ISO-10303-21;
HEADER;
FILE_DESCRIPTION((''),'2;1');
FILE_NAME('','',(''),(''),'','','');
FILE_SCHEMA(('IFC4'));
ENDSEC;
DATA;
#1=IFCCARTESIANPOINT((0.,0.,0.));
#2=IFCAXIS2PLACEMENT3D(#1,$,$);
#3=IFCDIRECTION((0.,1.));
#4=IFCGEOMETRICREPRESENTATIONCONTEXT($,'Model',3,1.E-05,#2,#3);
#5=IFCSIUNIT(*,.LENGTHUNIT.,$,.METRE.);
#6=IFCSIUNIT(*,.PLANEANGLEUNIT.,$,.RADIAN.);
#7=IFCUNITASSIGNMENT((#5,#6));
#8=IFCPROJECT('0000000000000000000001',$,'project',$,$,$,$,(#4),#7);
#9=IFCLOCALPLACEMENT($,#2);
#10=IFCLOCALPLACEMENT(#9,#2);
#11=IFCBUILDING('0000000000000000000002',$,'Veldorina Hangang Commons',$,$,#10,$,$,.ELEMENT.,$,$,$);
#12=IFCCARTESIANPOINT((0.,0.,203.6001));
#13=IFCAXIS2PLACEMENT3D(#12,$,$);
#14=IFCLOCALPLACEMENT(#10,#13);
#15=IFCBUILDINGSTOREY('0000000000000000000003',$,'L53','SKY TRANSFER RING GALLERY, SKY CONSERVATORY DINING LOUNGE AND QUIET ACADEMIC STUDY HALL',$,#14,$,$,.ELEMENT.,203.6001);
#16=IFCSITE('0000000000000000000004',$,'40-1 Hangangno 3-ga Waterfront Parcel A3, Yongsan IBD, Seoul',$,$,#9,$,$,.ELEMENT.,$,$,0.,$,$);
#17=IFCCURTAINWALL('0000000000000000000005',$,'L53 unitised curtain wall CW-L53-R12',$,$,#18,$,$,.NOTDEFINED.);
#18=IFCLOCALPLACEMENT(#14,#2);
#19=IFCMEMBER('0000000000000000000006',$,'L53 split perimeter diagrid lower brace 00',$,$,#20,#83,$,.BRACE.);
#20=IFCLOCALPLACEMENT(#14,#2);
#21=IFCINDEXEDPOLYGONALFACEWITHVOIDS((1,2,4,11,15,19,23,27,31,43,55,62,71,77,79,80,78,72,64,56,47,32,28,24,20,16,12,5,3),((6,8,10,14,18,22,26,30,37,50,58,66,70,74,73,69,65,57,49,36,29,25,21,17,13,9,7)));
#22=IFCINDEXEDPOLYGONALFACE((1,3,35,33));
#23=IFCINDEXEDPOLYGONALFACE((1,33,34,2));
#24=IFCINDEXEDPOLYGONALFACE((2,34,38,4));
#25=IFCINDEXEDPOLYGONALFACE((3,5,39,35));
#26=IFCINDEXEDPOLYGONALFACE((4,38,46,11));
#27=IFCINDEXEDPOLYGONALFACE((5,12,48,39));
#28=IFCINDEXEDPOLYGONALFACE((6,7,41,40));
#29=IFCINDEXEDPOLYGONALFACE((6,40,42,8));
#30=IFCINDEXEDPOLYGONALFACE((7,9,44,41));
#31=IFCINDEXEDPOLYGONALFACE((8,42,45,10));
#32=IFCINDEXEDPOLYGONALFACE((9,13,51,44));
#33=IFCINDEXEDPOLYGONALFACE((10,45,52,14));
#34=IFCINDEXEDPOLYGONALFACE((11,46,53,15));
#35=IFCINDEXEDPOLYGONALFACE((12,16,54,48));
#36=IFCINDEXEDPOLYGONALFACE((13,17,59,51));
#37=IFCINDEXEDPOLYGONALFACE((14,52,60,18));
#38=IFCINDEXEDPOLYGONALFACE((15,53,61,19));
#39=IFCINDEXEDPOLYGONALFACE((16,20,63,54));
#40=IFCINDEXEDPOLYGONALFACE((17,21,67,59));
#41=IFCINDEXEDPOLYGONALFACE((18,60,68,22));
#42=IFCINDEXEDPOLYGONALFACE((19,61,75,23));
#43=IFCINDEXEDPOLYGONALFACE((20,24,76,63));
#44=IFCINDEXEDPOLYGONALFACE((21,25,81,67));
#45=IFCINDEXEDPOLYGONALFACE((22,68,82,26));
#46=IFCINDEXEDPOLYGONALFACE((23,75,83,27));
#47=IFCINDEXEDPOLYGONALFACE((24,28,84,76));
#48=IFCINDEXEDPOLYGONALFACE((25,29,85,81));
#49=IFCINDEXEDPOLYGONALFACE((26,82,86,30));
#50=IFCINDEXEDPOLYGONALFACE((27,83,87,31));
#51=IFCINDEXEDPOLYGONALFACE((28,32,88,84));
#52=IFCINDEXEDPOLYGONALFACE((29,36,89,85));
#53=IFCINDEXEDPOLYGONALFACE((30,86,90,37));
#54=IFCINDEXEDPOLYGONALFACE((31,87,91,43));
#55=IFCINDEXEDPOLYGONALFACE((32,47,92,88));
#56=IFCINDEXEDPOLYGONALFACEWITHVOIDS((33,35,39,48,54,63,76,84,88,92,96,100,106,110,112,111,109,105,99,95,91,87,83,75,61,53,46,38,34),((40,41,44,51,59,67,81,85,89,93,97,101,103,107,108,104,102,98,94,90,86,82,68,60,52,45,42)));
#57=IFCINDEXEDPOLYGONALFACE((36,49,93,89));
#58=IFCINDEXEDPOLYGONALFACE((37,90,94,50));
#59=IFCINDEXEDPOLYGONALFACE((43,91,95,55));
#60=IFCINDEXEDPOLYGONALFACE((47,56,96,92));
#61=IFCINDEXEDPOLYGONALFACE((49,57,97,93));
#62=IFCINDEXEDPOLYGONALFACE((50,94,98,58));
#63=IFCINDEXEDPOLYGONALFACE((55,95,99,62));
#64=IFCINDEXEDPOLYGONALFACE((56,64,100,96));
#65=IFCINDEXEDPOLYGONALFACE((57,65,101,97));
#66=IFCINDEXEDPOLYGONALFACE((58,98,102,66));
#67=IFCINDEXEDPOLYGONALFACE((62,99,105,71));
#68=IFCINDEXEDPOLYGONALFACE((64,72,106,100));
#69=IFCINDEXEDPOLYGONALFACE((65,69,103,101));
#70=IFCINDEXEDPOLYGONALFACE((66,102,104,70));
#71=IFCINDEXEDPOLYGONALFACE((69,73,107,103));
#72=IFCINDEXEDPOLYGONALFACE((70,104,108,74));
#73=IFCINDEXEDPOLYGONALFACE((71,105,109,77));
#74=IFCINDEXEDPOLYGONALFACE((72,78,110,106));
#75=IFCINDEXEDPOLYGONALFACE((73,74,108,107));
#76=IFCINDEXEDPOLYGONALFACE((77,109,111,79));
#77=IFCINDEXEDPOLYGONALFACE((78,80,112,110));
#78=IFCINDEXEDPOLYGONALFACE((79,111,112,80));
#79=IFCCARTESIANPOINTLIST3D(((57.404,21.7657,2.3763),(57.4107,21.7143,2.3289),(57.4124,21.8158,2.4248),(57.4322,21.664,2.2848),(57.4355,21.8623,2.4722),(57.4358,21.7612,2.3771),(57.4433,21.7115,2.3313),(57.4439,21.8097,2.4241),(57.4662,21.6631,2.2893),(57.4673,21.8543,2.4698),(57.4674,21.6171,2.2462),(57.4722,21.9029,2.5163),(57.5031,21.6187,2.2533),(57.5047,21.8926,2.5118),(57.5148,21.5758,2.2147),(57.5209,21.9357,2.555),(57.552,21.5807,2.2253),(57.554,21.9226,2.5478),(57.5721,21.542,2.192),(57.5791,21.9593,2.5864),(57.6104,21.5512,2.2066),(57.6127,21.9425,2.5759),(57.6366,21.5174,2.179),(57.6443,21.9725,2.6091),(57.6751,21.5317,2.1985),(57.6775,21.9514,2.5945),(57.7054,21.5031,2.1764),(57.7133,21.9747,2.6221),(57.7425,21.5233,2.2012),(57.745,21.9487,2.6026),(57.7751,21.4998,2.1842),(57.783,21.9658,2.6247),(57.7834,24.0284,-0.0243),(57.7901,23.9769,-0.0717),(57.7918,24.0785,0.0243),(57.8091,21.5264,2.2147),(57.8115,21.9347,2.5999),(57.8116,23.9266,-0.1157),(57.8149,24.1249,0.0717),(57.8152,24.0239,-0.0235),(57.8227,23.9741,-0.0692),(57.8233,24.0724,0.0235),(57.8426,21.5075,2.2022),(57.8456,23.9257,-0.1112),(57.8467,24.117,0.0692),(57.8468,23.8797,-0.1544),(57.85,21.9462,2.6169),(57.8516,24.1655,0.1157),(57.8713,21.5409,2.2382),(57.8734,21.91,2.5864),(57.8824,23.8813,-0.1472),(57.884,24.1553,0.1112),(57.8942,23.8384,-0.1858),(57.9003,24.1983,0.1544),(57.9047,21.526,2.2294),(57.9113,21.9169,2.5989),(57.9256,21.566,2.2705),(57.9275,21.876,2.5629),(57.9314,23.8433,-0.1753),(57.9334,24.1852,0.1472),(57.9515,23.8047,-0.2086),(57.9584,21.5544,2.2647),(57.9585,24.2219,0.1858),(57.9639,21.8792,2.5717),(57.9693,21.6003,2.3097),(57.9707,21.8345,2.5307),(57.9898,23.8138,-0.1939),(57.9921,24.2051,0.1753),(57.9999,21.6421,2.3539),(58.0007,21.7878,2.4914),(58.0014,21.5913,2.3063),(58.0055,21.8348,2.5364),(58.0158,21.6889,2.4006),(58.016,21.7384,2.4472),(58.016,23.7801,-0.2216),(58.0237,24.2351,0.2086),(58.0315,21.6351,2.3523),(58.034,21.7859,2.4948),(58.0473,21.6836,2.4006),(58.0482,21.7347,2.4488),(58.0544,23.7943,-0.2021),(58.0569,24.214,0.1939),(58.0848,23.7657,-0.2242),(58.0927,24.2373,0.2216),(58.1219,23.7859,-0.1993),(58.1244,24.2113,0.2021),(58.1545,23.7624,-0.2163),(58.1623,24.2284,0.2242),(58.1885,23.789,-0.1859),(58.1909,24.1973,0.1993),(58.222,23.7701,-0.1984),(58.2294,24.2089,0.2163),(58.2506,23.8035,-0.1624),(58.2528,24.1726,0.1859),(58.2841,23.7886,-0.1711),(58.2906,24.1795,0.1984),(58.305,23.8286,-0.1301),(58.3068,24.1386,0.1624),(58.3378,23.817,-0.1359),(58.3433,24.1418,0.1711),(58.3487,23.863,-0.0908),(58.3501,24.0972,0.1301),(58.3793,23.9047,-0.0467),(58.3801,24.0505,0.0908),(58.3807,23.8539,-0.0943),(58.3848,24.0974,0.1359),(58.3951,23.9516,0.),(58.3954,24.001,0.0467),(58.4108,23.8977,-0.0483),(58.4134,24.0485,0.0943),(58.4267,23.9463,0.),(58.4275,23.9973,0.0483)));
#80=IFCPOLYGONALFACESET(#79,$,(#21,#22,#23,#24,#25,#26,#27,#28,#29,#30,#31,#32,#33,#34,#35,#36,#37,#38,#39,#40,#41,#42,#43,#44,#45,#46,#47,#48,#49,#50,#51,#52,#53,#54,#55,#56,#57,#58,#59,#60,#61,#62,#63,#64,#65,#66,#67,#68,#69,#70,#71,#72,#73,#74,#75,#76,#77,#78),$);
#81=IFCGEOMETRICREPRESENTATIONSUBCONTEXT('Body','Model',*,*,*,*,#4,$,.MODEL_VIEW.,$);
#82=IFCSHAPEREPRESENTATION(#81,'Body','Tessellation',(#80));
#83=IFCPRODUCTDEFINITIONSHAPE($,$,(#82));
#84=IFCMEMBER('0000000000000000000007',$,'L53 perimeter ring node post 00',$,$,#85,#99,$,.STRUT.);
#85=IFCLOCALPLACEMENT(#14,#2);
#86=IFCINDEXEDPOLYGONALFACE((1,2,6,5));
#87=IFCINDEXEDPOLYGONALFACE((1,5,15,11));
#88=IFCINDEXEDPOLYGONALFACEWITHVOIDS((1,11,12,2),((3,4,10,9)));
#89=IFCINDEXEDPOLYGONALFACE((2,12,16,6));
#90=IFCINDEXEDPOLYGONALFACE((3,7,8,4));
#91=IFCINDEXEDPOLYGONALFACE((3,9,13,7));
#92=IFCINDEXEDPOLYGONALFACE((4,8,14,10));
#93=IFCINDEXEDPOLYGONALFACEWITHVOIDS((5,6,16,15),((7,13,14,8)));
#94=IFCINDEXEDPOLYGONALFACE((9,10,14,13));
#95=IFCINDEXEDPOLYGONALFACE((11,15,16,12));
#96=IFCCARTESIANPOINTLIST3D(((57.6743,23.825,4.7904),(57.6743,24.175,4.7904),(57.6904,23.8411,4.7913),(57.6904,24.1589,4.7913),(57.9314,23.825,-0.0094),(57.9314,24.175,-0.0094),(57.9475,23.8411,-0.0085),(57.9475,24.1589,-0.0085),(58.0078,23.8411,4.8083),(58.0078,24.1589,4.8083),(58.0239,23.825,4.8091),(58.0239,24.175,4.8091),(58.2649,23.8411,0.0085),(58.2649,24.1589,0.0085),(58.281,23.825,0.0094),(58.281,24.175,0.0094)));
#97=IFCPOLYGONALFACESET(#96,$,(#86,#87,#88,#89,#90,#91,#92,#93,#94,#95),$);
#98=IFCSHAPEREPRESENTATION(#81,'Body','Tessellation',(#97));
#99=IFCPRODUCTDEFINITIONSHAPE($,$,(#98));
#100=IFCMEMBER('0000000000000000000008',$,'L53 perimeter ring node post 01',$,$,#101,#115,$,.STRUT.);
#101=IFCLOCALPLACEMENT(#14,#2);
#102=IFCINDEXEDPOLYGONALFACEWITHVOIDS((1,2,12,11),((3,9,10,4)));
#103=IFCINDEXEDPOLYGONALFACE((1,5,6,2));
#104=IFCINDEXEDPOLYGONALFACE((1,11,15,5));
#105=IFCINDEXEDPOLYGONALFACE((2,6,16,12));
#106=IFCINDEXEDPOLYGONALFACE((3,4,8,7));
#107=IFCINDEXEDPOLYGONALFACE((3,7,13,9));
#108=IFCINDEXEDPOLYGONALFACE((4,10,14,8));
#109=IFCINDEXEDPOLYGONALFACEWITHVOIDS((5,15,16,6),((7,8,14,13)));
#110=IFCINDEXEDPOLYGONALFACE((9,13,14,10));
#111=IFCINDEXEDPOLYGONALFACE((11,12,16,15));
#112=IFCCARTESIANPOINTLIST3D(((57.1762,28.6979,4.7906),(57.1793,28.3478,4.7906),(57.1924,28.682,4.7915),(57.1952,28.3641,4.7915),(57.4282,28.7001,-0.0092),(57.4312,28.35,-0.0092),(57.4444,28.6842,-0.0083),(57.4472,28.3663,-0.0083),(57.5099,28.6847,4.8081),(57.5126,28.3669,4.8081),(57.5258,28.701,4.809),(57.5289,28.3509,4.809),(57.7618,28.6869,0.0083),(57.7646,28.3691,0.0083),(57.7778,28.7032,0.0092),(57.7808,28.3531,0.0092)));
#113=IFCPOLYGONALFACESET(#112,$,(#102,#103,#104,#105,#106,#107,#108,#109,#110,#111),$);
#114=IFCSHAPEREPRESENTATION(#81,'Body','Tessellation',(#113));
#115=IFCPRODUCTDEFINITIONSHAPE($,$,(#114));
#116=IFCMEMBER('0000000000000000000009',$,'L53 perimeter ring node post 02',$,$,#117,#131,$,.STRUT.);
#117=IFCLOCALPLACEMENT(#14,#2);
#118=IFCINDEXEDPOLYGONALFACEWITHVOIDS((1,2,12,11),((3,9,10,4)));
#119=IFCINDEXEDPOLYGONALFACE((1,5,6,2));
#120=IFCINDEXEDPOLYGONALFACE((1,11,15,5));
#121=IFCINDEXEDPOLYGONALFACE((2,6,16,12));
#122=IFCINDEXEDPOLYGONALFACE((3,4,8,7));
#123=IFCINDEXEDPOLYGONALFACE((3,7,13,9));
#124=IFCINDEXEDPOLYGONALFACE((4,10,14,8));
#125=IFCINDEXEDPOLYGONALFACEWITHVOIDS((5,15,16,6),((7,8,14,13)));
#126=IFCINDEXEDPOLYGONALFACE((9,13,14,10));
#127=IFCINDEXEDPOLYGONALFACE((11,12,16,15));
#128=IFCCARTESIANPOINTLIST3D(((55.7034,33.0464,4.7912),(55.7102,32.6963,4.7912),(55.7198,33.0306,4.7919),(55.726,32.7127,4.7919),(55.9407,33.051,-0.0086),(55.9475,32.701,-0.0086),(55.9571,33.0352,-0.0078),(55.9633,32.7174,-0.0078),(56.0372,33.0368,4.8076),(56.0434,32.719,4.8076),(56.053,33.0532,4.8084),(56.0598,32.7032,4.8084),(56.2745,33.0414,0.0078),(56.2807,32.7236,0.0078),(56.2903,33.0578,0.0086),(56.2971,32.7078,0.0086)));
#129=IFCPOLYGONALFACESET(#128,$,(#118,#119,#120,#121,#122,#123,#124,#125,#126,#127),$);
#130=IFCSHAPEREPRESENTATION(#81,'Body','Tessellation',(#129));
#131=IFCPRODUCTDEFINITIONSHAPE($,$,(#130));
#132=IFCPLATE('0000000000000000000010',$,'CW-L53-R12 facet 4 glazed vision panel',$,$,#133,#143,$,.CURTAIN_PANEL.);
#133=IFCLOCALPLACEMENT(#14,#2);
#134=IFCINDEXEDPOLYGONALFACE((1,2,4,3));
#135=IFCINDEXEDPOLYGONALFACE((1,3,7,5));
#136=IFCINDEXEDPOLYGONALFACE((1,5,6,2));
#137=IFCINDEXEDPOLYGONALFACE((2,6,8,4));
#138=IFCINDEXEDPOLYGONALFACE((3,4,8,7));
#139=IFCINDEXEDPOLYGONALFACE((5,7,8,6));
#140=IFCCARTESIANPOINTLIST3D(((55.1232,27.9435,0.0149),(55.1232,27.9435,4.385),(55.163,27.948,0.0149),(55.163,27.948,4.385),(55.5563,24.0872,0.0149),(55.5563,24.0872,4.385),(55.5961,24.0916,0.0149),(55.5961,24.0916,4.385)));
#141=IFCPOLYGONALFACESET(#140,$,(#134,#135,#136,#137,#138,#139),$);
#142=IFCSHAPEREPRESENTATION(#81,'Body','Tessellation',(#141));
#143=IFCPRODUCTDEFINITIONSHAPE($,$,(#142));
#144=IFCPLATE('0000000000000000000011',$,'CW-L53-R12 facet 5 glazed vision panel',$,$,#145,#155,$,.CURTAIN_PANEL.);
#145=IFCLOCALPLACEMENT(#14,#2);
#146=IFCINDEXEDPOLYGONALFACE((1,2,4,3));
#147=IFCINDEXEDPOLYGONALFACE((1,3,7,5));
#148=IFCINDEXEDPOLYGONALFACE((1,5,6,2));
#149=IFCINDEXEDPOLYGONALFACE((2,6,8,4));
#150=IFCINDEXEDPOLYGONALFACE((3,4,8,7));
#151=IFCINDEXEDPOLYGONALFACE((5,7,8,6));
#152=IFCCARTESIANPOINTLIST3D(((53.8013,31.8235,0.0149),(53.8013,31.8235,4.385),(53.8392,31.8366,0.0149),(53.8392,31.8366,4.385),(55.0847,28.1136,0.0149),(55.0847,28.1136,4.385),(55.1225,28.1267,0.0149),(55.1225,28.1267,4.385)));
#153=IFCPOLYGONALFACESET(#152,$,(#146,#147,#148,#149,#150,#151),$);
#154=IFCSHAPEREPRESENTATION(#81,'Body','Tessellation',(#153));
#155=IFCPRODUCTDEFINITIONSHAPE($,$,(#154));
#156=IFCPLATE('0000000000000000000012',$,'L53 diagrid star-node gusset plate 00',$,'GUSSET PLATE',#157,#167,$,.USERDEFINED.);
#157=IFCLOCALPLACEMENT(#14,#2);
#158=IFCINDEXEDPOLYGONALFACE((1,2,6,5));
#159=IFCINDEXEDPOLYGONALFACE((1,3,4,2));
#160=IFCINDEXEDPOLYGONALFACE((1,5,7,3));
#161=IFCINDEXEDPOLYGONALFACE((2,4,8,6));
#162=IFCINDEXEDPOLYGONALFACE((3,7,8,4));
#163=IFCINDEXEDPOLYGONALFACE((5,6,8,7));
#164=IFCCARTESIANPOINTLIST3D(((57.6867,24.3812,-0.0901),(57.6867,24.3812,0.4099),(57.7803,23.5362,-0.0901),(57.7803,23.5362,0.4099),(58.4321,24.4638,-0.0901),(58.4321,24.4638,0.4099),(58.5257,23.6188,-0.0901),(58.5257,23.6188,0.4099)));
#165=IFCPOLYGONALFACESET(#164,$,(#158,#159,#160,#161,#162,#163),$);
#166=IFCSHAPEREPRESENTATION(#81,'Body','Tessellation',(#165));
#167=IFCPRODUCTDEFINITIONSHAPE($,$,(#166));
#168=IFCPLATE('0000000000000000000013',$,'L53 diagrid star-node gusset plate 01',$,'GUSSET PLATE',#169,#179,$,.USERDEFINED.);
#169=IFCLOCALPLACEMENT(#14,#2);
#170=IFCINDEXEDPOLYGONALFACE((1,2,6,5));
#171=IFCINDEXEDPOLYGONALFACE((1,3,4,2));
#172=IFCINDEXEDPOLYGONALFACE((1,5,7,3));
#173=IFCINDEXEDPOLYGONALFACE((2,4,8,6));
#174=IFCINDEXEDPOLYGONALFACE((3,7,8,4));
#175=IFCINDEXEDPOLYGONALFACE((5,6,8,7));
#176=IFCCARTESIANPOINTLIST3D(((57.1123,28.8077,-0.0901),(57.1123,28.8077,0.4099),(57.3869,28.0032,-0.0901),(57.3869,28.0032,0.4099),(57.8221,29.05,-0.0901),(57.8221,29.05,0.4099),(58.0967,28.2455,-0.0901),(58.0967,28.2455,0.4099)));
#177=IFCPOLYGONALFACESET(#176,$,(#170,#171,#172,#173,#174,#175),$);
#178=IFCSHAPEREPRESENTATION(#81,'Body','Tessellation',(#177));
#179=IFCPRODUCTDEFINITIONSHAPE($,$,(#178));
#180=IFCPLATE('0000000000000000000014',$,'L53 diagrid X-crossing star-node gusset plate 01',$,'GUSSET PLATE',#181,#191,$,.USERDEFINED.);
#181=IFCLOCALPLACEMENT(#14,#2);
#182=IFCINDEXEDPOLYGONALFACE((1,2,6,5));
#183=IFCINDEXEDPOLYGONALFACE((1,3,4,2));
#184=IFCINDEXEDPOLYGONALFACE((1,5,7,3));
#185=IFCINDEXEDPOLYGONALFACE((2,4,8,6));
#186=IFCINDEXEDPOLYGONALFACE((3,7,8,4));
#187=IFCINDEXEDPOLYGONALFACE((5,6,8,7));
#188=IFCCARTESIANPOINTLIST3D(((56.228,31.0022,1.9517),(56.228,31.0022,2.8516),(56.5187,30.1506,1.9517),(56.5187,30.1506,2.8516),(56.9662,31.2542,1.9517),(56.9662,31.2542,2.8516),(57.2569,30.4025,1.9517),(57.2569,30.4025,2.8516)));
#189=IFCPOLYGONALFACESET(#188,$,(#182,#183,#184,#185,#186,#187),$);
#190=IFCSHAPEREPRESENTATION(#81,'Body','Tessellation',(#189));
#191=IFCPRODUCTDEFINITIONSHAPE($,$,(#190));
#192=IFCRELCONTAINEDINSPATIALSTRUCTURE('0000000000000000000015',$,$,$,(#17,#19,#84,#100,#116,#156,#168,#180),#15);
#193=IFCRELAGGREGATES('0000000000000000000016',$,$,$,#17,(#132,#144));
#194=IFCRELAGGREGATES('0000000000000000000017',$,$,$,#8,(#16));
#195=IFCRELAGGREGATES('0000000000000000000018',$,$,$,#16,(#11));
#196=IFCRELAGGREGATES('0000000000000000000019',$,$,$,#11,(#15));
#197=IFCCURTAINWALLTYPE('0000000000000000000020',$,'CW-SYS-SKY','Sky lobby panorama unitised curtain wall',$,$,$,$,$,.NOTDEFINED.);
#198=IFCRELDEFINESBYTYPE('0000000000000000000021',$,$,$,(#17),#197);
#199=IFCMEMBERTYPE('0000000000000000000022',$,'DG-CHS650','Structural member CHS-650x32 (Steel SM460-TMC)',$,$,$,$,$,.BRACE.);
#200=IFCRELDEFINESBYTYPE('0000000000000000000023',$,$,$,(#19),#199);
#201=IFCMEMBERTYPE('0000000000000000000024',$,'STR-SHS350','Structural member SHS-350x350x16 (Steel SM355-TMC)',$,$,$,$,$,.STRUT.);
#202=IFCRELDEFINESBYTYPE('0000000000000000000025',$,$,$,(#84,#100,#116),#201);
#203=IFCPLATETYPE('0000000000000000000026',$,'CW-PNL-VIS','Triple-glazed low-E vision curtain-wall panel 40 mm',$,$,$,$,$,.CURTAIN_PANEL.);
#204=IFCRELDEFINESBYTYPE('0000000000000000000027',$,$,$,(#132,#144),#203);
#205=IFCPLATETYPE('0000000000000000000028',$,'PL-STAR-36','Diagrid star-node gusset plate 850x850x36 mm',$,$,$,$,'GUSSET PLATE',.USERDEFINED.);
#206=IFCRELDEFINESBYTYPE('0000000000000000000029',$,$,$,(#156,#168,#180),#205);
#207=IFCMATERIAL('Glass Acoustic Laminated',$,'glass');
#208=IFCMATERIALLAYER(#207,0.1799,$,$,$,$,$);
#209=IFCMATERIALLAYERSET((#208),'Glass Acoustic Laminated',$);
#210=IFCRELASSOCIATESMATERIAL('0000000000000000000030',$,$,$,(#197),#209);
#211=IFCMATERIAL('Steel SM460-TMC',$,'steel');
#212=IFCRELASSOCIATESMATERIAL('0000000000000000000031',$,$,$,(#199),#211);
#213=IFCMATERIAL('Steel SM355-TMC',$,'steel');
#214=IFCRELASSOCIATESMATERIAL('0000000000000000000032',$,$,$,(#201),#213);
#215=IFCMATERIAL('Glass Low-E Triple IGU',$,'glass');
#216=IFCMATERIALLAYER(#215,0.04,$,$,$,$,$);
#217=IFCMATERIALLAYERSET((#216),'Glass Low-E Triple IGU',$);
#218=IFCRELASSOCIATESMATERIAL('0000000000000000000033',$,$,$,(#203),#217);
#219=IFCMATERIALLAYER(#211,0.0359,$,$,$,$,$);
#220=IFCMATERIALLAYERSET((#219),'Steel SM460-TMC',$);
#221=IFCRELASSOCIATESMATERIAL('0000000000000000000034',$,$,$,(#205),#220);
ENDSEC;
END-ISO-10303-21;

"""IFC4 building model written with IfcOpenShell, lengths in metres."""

from ifc_helpers import new_model, si_unit, direction, frame, origin, origin_2d, place, context, subcontext, project, spatial, rectangle, hollow_rectangle, hollow_circle, extrude, material, layer, layer_set, material_profile, profile_set, type_object, element, aggregate, save


model = new_model("IFC4")

# Units and contexts
model_context = context("Model", 3, precision=1e-05, world=origin(), true_north=direction((0.0, 1.0)))
body_context = subcontext(model_context, "Body", "Model", "MODEL_VIEW")
ifc_project = project(units=[si_unit("LENGTHUNIT", "METRE"), si_unit("PLANEANGLEUNIT", "RADIAN")], contexts=[model_context])

# Site, building, storey
site_placement = place(None, origin())
site = spatial("IfcSite", under=ifc_project, at=site_placement, Name="40-1 Hangangno 3-ga Waterfront Parcel A3, Yongsan IBD, Seoul", CompositionType="ELEMENT", RefElevation=0.0)
building_placement = place(site_placement, origin())
building = spatial("IfcBuilding", under=site, at=building_placement, Name="Veldorina Hangang Commons", CompositionType="ELEMENT")
storey_placement = place(building_placement, frame((0.0, 0.0, 203.6001)))
storey = spatial("IfcBuildingStorey", under=building, at=storey_placement, Name="L53", Description="SKY TRANSFER RING GALLERY, SKY CONSERVATORY DINING LOUNGE AND QUIET ACADEMIC STUDY HALL", CompositionType="ELEMENT", Elevation=203.6001)

# Shared definitions
ifc_material_1 = material(Name="Steel SM355-TMC", Category="steel")

# Curtain wall
ifc_material_2 = material(Name="Glass Acoustic Laminated", Category="glass")
ifc_layer_1 = layer(ifc_material_2, 0.1799)
ifc_layer_set_1 = layer_set([ifc_layer_1], Name="Glass Acoustic Laminated")
curtain_wall_type = type_object("IfcCurtainWallType", Name="CW-SYS-SKY", Description="Sky lobby panorama unitised curtain wall", PredefinedType="NOTDEFINED", material=ifc_layer_set_1)
curtain_wall_placement = place(storey_placement, origin())
curtain_wall = element("IfcCurtainWall", 1, at=curtain_wall_placement, inside=storey, type_object=curtain_wall_type, Name="L53 unitised curtain wall CW-L53-R12", PredefinedType="NOTDEFINED")

# Members
ifc_material_3 = material(Name="Steel SM460-TMC", Category="steel")
ifc_material_profile_1 = material_profile(ifc_material_3, hollow_circle(Radius=0.325, WallThickness=0.032, at=origin_2d()), Name="CHS-650x32")
ifc_profile_set_1 = profile_set([ifc_material_profile_1], Name="Steel SM460-TMC")
member_type_1 = type_object("IfcMemberType", Name="DG-CHS650", Description="Structural member CHS-650x32 (Steel SM460-TMC)", PredefinedType="BRACE", material=ifc_profile_set_1)
member_1_placement = place(storey_placement, frame((58.1062, 24.0, 0.0), z_axis=(-0.114253, -0.681399, 0.722939), x_axis=(0.986232, -0.165365, 0.0)))
element("IfcMember", 2, at=member_1_placement, inside=storey, type_object=member_type_1, Name="L53 split perimeter diagrid lower brace 00", PredefinedType="BRACE", context=body_context, shape_type="SweptSolid", body=[
    extrude(hollow_circle(Radius=0.325, WallThickness=0.032, at=origin_2d()), origin(), (0.0, 0.0, 1.0), 3.3206),
])
ifc_material_profile_2 = material_profile(ifc_material_1, hollow_rectangle(XDim=0.3501, YDim=0.3501, WallThickness=0.0161, at=origin_2d()), Name="SHS-350x350x16")
ifc_profile_set_2 = profile_set([ifc_material_profile_2], Name="Steel SM355-TMC")
member_type_2 = type_object("IfcMemberType", Name="STR-SHS350", Description="Structural member SHS-350x350x16 (Steel SM355-TMC)", PredefinedType="STRUT", material=ifc_profile_set_2)
member_2_placement = place(storey_placement, frame((58.1062, 24.0, 0.0), z_axis=(-0.053484, 0.0, 0.998569), x_axis=(0.0, -1.0, 0.0)))
element("IfcMember", 3, at=member_2_placement, inside=storey, type_object=member_type_2, Name="L53 perimeter ring node post 00", PredefinedType="STRUT", context=body_context, shape_type="SweptSolid", body=[
    extrude(hollow_rectangle(XDim=0.3501, YDim=0.3501, WallThickness=0.0161, at=origin_2d()), origin(), (0.0, 0.0, 1.0), 4.8066),
])
member_3_placement = place(storey_placement, frame((57.6045, 28.5266, 0.0), z_axis=(-0.05242, -0.000457, 0.998625), x_axis=(0.008721, -0.999962, 0.0)))
element("IfcMember", 4, at=member_3_placement, inside=storey, type_object=member_type_2, Name="L53 perimeter ring node post 01", PredefinedType="STRUT", context=body_context, shape_type="SweptSolid", body=[
    extrude(hollow_rectangle(XDim=0.3501, YDim=0.3501, WallThickness=0.0161, at=origin_2d()), origin(), (0.0, 0.0, 1.0), 4.8064),
])
member_4_placement = place(storey_placement, frame((56.1189, 32.8794, 0.0), z_axis=(-0.04938, -0.000965, 0.99878), x_axis=(0.019544, -0.999809, 0.0)))
element("IfcMember", 5, at=member_4_placement, inside=storey, type_object=member_type_2, Name="L53 perimeter ring node post 02", PredefinedType="STRUT", context=body_context, shape_type="SweptSolid", body=[
    extrude(hollow_rectangle(XDim=0.3501, YDim=0.3501, WallThickness=0.0161, at=origin_2d()), origin(), (0.0, 0.0, 1.0), 4.8057),
])

# Plates
ifc_material_4 = material(Name="Glass Low-E Triple IGU", Category="glass")
ifc_layer_2 = layer(ifc_material_4, 0.04)
ifc_layer_set_2 = layer_set([ifc_layer_2], Name="Glass Low-E Triple IGU")
plate_type_1 = type_object("IfcPlateType", Name="CW-PNL-VIS", Description="Triple-glazed low-E vision curtain-wall panel 40 mm", PredefinedType="CURTAIN_PANEL", material=ifc_layer_set_2)
plate_1_placement = place(storey_placement, frame((55.3596, 26.0176, 0.0149), z_axis=(0.0, 0.0, 1.0), x_axis=(-0.111608, 0.993752, 0.0)))
plate_1 = element("IfcPlate", 6, at=plate_1_placement, type_object=plate_type_1, Name="CW-L53-R12 facet 4 glazed vision panel", PredefinedType="CURTAIN_PANEL", context=body_context, shape_type="SweptSolid", body=[
    extrude(rectangle(XDim=3.8806, YDim=0.04, at=origin_2d()), origin(), (0.0, 0.0, 1.0), 4.3701),
])
plate_2_placement = place(storey_placement, frame((54.4619, 29.9751, 0.0149), z_axis=(0.0, 0.0, 1.0), x_axis=(-0.326921, 0.945052, 0.0)))
plate_2 = element("IfcPlate", 7, at=plate_2_placement, type_object=plate_type_1, Name="CW-L53-R12 facet 5 glazed vision panel", PredefinedType="CURTAIN_PANEL", context=body_context, shape_type="SweptSolid", body=[
    extrude(rectangle(XDim=3.9255, YDim=0.04, at=origin_2d()), origin(), (0.0, 0.0, 1.0), 4.3701),
])
aggregate(curtain_wall, [plate_1, plate_2])

# Plates
ifc_layer_3 = layer(ifc_material_3, 0.0359)
ifc_layer_set_3 = layer_set([ifc_layer_3], Name="Steel SM460-TMC")
plate_type_2 = type_object("IfcPlateType", Name="PL-STAR-36", Description="Diagrid star-node gusset plate 850x850x36 mm", ElementType="GUSSET PLATE", PredefinedType="USERDEFINED", material=ifc_layer_set_3)
for number, where, z_axis, x_axis, name in (
    (8, (58.1062, 24.0, -0.0901), (0.0, 0.0, 1.0), (-0.110133, 0.993917, 0.0), "L53 diagrid star-node gusset plate 00"),
    (9, (57.6045, 28.5266, -0.0901), (0.0, 0.0, 1.0), (-0.323009, 0.946396, 0.0), "L53 diagrid star-node gusset plate 01"),
):
    element("IfcPlate", number, at=place(storey_placement, frame(where, z_axis=z_axis, x_axis=x_axis)), inside=storey, type_object=plate_type_2, Name=name, ObjectType="GUSSET PLATE", PredefinedType="USERDEFINED", context=body_context, shape_type="SweptSolid", body=[
        extrude(rectangle(XDim=0.8501, YDim=0.75, at=origin_2d()), origin(), (0.0, 0.0, 1.0), 0.5),
    ])
plate_3_placement = place(storey_placement, frame((56.7424, 30.7024, 1.9517), z_axis=(0.0, 0.0, 1.0), x_axis=(-0.323009, 0.946396, 0.0)))
element("IfcPlate", 10, at=plate_3_placement, inside=storey, type_object=plate_type_2, Name="L53 diagrid X-crossing star-node gusset plate 01", ObjectType="GUSSET PLATE", PredefinedType="USERDEFINED", context=body_context, shape_type="SweptSolid", body=[
    extrude(rectangle(XDim=0.8999, YDim=0.78, at=origin_2d()), origin(), (0.0, 0.0, 1.0), 0.8999),
])

save(model, "model.ifc")
